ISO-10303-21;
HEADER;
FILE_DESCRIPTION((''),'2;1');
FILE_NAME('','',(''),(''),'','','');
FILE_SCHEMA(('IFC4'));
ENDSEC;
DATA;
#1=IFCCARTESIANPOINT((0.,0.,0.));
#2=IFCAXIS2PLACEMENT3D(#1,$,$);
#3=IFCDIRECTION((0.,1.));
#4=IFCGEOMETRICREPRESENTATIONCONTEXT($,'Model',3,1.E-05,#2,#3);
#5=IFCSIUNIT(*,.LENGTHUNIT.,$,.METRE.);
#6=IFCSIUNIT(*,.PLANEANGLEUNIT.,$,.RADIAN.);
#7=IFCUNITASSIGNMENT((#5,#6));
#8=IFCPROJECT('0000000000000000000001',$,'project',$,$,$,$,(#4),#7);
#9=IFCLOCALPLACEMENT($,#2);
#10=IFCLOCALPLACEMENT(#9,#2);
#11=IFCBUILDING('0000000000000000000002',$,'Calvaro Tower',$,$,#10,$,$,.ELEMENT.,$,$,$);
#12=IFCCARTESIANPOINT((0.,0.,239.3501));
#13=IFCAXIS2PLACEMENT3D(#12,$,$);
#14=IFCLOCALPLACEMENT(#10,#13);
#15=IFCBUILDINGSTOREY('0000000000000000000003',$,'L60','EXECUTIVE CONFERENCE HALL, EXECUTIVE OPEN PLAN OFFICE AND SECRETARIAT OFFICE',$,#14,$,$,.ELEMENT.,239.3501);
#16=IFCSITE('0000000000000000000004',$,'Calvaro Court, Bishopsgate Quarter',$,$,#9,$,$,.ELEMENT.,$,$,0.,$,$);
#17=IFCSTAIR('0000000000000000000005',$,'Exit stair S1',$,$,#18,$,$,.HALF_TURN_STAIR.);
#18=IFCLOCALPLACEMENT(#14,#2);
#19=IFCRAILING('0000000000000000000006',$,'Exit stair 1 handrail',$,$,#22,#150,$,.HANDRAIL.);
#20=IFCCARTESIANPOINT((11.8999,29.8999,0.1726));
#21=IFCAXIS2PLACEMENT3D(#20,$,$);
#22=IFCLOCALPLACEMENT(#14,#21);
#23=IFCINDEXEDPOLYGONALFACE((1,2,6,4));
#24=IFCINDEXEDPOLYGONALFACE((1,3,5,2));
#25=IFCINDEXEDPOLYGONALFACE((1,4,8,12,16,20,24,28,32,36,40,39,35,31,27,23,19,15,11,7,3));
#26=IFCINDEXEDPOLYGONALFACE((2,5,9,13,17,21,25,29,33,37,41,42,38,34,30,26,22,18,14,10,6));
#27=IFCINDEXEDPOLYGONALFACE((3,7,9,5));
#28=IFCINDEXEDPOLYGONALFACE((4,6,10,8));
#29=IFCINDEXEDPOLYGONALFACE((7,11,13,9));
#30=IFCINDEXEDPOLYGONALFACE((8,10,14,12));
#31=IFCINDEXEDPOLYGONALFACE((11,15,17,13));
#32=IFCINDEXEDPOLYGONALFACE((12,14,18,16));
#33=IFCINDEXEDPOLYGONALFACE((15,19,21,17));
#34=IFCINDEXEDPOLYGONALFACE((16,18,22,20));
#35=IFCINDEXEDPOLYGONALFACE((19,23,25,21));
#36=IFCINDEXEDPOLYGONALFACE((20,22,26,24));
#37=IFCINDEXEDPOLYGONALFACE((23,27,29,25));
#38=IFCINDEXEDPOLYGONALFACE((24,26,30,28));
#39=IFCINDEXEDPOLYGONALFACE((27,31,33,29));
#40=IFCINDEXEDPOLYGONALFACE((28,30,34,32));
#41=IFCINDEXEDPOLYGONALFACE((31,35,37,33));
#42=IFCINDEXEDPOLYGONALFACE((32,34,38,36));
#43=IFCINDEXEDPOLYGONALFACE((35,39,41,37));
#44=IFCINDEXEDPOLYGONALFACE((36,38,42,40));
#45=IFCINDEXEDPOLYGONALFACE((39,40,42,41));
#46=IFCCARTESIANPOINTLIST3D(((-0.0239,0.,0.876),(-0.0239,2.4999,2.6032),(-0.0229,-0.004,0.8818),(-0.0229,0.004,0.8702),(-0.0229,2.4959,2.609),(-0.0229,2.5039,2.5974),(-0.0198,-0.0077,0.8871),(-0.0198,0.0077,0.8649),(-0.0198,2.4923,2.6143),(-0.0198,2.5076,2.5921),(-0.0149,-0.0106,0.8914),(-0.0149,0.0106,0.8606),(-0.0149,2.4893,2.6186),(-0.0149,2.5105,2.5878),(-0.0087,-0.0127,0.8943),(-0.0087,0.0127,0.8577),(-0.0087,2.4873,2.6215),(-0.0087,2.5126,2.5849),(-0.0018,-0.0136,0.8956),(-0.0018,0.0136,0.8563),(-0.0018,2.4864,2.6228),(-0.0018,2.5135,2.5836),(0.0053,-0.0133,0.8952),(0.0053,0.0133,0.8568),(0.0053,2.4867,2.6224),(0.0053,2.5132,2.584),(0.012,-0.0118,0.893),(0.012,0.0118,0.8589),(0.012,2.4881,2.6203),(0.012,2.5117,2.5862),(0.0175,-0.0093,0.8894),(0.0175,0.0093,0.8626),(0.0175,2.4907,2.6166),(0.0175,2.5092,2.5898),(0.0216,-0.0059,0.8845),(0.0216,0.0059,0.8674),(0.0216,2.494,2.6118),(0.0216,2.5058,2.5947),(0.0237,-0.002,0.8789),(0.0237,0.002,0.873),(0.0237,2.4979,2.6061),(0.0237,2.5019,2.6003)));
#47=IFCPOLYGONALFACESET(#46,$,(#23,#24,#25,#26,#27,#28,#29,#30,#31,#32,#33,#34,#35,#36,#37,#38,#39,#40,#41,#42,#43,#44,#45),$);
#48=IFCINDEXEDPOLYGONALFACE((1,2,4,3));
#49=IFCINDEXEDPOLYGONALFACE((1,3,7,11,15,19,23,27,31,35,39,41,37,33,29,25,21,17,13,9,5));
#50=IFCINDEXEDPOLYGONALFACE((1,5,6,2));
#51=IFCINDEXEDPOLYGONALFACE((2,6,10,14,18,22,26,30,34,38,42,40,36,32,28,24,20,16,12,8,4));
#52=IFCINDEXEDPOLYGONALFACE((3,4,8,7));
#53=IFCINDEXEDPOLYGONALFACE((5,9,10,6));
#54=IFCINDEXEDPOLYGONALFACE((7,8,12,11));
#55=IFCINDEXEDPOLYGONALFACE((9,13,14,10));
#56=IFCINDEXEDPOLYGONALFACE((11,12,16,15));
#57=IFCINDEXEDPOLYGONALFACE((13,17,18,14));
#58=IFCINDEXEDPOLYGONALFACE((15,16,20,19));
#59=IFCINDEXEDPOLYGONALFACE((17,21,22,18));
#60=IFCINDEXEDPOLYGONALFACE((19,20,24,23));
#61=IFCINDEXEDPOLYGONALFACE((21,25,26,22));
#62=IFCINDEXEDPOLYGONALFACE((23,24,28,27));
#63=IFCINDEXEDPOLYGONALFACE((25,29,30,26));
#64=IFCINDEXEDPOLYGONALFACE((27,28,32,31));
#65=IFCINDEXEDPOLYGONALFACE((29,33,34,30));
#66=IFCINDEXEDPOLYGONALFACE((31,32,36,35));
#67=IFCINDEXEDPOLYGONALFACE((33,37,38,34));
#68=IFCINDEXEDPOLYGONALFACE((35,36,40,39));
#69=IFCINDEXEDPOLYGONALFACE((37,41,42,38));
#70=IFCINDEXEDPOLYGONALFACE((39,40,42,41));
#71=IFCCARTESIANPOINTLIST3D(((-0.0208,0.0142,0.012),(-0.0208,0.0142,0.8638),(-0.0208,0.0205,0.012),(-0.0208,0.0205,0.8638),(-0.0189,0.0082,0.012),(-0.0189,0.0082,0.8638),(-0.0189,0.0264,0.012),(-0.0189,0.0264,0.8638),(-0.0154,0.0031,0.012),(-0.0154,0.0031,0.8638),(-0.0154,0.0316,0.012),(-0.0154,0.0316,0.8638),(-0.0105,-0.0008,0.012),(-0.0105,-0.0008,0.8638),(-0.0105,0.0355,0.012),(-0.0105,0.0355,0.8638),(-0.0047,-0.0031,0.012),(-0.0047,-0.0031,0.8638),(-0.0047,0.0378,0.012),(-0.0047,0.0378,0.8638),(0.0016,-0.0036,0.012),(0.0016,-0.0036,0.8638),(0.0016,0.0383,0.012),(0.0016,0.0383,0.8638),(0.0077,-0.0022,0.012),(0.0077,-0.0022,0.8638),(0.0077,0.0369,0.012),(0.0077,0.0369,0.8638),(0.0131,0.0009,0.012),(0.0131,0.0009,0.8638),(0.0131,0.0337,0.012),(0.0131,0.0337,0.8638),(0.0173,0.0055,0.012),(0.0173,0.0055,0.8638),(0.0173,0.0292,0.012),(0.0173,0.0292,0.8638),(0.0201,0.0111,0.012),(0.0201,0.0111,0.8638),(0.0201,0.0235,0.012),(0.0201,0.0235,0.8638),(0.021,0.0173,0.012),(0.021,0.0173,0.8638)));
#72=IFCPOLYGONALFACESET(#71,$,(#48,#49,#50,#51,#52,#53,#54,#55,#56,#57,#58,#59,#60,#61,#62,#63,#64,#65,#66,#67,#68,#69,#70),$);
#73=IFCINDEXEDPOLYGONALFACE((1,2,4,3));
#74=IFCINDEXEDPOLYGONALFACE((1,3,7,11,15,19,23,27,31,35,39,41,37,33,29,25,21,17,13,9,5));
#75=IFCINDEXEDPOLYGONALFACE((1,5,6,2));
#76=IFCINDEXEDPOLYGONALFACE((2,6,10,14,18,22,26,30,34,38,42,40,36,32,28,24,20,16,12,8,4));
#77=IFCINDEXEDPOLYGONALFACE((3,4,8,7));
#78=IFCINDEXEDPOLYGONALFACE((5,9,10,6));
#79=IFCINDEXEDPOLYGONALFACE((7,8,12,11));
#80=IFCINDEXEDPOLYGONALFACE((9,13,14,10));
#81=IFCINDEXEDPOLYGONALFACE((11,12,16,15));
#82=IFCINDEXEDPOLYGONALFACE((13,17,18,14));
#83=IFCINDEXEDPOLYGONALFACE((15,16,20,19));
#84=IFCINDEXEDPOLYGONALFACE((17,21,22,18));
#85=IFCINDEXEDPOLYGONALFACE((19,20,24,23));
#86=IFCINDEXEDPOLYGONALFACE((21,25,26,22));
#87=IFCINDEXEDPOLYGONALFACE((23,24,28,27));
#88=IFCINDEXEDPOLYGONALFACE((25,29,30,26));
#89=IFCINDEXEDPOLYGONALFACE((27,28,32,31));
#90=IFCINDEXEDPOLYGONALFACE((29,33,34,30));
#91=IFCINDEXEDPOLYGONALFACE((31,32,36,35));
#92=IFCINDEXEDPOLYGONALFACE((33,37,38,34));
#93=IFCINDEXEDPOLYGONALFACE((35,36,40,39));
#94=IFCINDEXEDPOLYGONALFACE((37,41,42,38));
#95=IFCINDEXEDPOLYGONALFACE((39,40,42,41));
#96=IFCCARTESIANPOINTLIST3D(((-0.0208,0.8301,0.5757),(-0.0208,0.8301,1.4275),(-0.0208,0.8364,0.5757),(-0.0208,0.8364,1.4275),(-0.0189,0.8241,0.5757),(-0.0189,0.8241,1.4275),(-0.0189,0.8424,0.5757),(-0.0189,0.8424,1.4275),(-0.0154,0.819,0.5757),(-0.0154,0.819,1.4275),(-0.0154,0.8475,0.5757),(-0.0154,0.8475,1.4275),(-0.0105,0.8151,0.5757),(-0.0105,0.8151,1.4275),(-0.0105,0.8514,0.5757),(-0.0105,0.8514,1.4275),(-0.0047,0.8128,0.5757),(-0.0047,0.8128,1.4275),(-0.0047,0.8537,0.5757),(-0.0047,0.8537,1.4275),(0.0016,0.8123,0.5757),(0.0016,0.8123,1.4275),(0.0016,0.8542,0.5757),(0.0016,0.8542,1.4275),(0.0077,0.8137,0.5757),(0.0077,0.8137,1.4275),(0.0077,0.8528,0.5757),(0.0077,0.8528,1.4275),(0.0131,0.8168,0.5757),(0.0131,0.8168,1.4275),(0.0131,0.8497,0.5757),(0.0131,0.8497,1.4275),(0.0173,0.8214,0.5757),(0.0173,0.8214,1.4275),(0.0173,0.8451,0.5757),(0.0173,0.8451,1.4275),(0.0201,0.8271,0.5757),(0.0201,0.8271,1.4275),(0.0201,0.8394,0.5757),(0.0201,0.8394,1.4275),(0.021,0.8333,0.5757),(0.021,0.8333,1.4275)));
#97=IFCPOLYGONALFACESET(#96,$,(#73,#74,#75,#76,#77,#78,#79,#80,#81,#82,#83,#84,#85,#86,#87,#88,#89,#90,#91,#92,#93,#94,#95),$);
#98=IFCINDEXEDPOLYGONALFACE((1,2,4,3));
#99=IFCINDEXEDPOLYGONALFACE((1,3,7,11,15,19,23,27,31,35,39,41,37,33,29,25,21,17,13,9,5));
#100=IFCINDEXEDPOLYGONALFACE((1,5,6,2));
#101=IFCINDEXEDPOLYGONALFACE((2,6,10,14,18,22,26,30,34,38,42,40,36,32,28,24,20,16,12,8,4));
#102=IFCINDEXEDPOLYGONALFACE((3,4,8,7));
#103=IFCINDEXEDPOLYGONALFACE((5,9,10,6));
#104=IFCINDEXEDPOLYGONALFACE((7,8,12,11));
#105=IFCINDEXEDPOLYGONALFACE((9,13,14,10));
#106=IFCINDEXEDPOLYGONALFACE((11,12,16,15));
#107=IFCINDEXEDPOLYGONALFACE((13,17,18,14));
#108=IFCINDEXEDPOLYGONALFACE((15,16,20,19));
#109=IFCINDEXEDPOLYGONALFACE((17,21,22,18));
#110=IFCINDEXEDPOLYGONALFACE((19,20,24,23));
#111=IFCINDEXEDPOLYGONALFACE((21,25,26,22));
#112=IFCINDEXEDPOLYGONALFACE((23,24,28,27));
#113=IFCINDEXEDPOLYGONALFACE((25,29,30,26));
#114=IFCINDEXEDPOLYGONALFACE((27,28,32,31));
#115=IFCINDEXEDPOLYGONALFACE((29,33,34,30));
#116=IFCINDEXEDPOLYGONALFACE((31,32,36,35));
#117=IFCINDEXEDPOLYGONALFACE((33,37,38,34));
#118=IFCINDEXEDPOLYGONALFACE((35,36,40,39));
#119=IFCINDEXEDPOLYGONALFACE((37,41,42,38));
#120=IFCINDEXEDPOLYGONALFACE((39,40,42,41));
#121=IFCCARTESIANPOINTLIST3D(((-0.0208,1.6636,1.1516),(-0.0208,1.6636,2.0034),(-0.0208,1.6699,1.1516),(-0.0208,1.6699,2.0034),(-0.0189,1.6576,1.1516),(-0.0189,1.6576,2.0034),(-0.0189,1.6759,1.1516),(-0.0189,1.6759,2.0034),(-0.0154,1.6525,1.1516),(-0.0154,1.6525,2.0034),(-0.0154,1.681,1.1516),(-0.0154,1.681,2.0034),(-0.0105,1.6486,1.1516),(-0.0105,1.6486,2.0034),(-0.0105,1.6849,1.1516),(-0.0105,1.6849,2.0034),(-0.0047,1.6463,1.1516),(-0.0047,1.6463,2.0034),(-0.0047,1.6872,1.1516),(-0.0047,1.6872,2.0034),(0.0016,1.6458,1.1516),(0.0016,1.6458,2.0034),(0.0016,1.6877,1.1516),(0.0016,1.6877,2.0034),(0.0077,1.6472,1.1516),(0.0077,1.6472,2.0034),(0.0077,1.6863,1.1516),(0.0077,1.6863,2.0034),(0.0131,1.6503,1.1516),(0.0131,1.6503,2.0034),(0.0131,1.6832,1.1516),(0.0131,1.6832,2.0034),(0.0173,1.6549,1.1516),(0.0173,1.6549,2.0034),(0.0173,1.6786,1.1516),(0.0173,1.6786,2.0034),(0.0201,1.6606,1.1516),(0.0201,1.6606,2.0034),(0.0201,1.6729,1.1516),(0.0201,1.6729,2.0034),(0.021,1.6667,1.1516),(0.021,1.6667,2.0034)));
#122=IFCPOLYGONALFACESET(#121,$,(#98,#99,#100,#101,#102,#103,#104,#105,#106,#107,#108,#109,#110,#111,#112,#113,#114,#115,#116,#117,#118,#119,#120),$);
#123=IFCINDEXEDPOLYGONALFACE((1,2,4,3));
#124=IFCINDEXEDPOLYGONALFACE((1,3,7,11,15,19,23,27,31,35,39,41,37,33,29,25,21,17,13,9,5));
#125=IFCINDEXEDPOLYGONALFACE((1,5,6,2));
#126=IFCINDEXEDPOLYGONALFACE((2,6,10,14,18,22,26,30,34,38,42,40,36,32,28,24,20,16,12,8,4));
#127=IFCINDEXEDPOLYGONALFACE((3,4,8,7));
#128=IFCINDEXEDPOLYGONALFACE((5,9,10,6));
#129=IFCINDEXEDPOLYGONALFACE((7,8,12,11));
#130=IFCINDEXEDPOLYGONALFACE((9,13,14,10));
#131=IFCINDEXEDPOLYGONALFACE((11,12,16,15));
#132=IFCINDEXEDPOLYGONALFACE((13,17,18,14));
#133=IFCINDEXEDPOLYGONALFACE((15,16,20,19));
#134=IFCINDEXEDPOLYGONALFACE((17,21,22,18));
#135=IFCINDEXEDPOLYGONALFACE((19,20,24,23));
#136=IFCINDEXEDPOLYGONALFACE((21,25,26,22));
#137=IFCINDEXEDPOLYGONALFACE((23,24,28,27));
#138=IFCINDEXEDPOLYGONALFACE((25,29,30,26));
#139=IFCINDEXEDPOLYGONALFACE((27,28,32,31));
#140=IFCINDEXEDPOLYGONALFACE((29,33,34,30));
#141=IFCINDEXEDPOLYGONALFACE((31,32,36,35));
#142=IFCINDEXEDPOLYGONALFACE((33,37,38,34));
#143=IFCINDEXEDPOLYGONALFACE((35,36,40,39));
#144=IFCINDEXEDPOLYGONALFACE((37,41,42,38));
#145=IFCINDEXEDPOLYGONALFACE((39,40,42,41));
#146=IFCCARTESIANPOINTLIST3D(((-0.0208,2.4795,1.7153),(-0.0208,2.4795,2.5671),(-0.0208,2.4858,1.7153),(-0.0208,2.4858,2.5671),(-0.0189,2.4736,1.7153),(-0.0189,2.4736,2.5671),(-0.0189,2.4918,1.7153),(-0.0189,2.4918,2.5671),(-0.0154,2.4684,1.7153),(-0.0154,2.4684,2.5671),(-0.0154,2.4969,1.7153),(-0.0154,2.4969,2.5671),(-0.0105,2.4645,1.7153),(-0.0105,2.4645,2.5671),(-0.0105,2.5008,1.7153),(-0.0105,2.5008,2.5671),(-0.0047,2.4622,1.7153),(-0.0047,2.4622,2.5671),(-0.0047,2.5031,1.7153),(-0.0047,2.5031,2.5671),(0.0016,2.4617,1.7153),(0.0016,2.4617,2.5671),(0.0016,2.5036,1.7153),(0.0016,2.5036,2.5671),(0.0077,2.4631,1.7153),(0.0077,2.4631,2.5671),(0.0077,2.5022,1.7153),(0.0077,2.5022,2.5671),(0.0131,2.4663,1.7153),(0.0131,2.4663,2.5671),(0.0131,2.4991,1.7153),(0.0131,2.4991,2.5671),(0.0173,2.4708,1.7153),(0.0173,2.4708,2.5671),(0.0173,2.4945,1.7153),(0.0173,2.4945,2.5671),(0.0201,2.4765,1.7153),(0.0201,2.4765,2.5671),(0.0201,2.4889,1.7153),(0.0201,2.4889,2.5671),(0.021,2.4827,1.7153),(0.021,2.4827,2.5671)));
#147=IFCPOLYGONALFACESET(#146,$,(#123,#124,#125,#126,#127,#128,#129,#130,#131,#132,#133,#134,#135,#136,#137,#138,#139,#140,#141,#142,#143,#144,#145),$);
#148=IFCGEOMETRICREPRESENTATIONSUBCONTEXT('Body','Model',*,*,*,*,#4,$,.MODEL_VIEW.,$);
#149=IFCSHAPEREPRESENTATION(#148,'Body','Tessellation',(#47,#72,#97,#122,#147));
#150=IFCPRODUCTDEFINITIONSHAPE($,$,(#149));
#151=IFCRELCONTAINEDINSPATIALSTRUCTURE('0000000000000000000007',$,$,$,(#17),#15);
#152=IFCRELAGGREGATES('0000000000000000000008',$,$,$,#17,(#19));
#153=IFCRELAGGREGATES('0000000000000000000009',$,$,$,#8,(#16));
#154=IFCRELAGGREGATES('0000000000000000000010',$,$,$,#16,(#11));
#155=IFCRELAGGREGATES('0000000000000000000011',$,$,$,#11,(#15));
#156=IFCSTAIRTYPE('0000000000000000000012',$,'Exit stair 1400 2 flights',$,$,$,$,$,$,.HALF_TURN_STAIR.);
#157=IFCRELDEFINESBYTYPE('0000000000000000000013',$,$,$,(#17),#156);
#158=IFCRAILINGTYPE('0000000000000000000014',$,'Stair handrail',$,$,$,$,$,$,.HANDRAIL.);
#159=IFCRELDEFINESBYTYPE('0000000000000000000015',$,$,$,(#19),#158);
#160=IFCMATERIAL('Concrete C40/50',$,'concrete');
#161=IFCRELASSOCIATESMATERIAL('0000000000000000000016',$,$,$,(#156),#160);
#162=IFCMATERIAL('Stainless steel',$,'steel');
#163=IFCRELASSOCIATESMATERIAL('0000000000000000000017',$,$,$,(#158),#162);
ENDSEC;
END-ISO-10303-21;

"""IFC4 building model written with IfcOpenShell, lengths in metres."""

from ifc_helpers import new_model, si_unit, direction, frame, origin, origin_2d, place, context, subcontext, project, spatial, circle, extrude, material, type_object, element, aggregate, save


model = new_model("IFC4")

# Units and contexts
model_context = context("Model", 3, precision=1e-05, world=origin(), true_north=direction((0.0, 1.0)))
body_context = subcontext(model_context, "Body", "Model", "MODEL_VIEW")
ifc_project = project(units=[si_unit("LENGTHUNIT", "METRE"), si_unit("PLANEANGLEUNIT", "RADIAN")], contexts=[model_context])

# Site, building, storey
site_placement = place(None, origin())
site = spatial("IfcSite", under=ifc_project, at=site_placement, Name="Calvaro Court, Bishopsgate Quarter", CompositionType="ELEMENT", RefElevation=0.0)
building_placement = place(site_placement, origin())
building = spatial("IfcBuilding", under=site, at=building_placement, Name="Calvaro Tower", CompositionType="ELEMENT")
storey_placement = place(building_placement, frame((0.0, 0.0, 239.3501)))
storey = spatial("IfcBuildingStorey", under=building, at=storey_placement, Name="L60", Description="EXECUTIVE CONFERENCE HALL, EXECUTIVE OPEN PLAN OFFICE AND SECRETARIAT OFFICE", CompositionType="ELEMENT", Elevation=239.3501)

# Stair, railing
ifc_material_1 = material(Name="Concrete C40/50", Category="concrete")
stair_type = type_object("IfcStairType", Name="Exit stair 1400 2 flights", PredefinedType="HALF_TURN_STAIR", material=ifc_material_1)
stair_placement = place(storey_placement, origin())
stair = element("IfcStair", 1, at=stair_placement, inside=storey, type_object=stair_type, Name="Exit stair S1", PredefinedType="HALF_TURN_STAIR")
ifc_material_2 = material(Name="Stainless steel", Category="steel")
railing_type = type_object("IfcRailingType", Name="Stair handrail", PredefinedType="HANDRAIL", material=ifc_material_2)
railing_1_placement = place(storey_placement, frame((11.8999, 29.8999, 0.1726)))
railing_1 = element("IfcRailing", 2, at=railing_1_placement, type_object=railing_type, Name="Exit stair 1 handrail", PredefinedType="HANDRAIL", context=body_context, shape_type="SweptSolid", body=[
    extrude(circle(Radius=0.0239, at=origin_2d()), frame((0.0, 0.0, 0.876), z_axis=(0.0, 0.822727, 0.568437), x_axis=(-1.0, 0.0, 0.0)), (0.0, 0.0, 1.0), 3.0386),
    extrude(circle(Radius=0.021, at=origin_2d()), frame((0.0, 0.0173, 0.012)), (0.0, 0.0, 1.0), 0.8518),
    extrude(circle(Radius=0.021, at=origin_2d()), frame((0.0, 0.8333, 0.5757)), (0.0, 0.0, 1.0), 0.8518),
    extrude(circle(Radius=0.021, at=origin_2d()), frame((0.0, 1.6667, 1.1516)), (0.0, 0.0, 1.0), 0.8518),
    extrude(circle(Radius=0.021, at=origin_2d()), frame((0.0, 2.4827, 1.7153)), (0.0, 0.0, 1.0), 0.8518),
])
aggregate(stair, [railing_1])

save(model, "model.ifc")
